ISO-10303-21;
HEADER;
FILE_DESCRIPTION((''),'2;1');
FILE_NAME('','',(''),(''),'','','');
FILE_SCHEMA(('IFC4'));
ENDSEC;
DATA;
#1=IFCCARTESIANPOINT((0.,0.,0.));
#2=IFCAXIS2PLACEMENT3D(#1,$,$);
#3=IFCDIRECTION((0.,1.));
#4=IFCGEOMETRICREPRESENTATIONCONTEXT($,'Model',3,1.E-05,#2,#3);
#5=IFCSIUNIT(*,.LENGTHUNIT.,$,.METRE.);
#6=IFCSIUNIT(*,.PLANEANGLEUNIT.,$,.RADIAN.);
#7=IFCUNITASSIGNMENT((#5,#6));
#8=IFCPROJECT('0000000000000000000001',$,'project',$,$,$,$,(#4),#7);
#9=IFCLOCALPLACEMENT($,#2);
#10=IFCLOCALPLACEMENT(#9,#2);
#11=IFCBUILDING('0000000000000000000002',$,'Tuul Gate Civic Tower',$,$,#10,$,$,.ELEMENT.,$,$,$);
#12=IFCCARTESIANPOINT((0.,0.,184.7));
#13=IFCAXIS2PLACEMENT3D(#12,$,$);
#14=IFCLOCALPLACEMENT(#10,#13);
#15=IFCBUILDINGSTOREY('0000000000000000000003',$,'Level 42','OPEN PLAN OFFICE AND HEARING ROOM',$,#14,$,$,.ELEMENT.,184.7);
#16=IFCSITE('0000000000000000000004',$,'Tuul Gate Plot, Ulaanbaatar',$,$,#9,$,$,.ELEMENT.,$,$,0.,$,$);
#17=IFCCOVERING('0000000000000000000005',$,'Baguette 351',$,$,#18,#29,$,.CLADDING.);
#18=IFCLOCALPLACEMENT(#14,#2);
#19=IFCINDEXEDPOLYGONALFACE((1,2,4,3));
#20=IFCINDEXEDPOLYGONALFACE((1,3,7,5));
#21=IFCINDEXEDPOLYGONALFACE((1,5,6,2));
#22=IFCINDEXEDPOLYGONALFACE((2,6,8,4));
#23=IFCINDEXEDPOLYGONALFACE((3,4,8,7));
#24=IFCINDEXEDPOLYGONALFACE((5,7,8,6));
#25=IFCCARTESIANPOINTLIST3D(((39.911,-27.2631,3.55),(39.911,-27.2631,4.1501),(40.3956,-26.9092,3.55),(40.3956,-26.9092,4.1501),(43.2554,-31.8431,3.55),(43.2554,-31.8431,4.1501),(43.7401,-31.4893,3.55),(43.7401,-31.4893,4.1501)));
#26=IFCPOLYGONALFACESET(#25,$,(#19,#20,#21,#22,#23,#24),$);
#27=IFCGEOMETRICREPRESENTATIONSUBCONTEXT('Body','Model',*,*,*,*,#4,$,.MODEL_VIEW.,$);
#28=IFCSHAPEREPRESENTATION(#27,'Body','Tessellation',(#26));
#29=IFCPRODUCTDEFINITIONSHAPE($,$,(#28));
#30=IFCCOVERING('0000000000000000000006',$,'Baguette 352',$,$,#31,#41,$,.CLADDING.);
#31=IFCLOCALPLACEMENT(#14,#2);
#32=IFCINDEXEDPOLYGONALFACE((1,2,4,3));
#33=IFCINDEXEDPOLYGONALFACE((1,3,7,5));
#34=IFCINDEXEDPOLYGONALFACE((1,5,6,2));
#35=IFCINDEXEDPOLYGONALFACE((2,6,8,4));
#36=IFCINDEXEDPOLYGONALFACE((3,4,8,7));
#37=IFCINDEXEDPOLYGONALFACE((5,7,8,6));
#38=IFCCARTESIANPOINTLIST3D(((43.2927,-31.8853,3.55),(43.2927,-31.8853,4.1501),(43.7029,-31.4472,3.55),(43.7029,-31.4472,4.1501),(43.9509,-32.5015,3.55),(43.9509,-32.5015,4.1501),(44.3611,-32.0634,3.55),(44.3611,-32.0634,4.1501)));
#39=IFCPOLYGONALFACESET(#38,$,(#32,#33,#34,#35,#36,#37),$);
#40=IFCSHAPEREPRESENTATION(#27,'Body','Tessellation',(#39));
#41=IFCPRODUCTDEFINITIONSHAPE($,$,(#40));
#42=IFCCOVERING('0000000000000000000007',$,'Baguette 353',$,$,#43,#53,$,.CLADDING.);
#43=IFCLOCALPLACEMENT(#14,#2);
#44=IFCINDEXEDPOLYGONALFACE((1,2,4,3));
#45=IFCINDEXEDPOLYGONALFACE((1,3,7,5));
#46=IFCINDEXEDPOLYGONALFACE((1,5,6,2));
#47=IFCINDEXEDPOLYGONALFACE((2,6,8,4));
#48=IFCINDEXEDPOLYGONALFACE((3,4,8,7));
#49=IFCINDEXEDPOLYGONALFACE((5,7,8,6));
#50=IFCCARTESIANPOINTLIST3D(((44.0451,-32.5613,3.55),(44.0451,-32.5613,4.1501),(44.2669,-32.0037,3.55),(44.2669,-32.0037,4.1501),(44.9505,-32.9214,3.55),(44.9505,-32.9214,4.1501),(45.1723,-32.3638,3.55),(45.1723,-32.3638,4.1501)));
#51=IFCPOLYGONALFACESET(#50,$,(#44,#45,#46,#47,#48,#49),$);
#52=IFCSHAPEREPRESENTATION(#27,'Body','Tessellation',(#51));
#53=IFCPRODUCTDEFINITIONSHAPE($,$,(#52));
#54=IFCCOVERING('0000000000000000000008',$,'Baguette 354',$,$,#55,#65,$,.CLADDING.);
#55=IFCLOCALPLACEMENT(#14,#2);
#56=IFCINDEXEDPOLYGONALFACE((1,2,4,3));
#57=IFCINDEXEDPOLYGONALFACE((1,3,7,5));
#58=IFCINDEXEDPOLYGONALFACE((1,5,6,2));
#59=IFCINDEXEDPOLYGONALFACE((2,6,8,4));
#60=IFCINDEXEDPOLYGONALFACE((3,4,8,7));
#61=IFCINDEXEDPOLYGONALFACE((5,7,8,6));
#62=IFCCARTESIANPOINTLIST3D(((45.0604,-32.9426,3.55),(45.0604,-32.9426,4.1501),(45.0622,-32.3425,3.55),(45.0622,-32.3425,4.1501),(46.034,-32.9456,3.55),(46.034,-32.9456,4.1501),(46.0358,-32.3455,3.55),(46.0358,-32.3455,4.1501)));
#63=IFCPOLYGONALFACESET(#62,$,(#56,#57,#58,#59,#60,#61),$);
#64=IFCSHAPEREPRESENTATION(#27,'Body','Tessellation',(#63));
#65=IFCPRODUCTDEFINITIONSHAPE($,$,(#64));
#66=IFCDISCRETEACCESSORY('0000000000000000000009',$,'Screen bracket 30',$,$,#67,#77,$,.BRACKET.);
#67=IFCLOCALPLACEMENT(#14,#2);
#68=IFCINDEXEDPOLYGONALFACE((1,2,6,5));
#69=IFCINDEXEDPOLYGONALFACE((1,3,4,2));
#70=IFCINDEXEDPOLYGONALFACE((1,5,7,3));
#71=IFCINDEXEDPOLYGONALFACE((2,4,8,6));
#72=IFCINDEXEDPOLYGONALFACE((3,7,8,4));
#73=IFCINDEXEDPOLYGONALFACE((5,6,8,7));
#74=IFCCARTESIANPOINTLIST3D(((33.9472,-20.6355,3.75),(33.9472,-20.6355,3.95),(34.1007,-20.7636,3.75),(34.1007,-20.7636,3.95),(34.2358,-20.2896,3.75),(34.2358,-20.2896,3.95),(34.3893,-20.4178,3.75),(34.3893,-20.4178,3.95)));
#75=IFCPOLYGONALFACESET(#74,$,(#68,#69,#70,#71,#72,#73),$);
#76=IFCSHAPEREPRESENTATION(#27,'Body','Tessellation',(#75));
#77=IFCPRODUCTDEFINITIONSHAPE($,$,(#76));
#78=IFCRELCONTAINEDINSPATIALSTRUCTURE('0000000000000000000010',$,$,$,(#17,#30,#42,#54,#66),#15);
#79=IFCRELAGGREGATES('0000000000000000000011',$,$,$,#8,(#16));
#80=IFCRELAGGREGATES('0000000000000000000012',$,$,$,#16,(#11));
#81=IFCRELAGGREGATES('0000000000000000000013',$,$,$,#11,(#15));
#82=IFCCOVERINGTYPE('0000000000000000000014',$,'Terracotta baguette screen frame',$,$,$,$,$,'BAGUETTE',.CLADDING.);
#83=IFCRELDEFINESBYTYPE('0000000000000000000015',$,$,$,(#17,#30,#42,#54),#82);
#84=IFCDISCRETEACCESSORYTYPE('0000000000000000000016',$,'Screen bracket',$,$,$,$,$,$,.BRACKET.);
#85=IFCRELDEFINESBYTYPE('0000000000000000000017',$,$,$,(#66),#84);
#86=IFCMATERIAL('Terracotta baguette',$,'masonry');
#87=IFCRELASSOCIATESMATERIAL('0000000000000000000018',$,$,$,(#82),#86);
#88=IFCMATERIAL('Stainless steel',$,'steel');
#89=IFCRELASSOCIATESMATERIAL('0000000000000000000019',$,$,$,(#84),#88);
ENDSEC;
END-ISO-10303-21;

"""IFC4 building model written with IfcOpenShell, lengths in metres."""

from ifc_helpers import new_model, si_unit, direction, frame, origin, origin_2d, place, context, subcontext, project, spatial, rectangle, extrude, material, material_profile, profile_set, type_object, element, save


model = new_model("IFC4")

# Units and contexts
model_context = context("Model", 3, precision=1e-05, world=origin(), true_north=direction((0.0, 1.0)))
body_context = subcontext(model_context, "Body", "Model", "MODEL_VIEW")
ifc_project = project(units=[si_unit("LENGTHUNIT", "METRE"), si_unit("PLANEANGLEUNIT", "RADIAN")], contexts=[model_context])

# Site, building, storey
site_placement = place(None, origin())
site = spatial("IfcSite", under=ifc_project, at=site_placement, Name="Tuul Gate Plot, Ulaanbaatar", CompositionType="ELEMENT", RefElevation=0.0)
building_placement = place(site_placement, origin())
building = spatial("IfcBuilding", under=site, at=building_placement, Name="Tuul Gate Civic Tower", CompositionType="ELEMENT")
storey_placement = place(building_placement, frame((0.0, 0.0, 184.7)))
storey = spatial("IfcBuildingStorey", under=building, at=storey_placement, Name="Level 42", Description="OPEN PLAN OFFICE AND HEARING ROOM", CompositionType="ELEMENT", Elevation=184.7)

# Coverings
ifc_material_1 = material(Name="Terracotta baguette", Category="masonry")
ifc_material_profile_1 = material_profile(ifc_material_1, rectangle(XDim=0.6001, YDim=0.6001, at=origin_2d()), Name="Terracotta baguette screen frame")
ifc_profile_set_1 = profile_set([ifc_material_profile_1], Name="Terracotta baguette")
covering_type = type_object("IfcCoveringType", Name="Terracotta baguette screen frame", ElementType="BAGUETTE", PredefinedType="CLADDING", material=ifc_profile_set_1)
covering_1_placement = place(storey_placement, frame((40.1533, -27.0862, 3.8501), z_axis=(0.589729, -0.807601, 0.0), x_axis=(0.807601, 0.589729, 0.0)))
element("IfcCovering", 1, at=covering_1_placement, inside=storey, type_object=covering_type, Name="Baguette 351", PredefinedType="CLADDING", context=body_context, shape_type="SweptSolid", body=[
    extrude(rectangle(XDim=0.6001, YDim=0.6001, at=origin_2d()), origin(), (0.0, 0.0, 1.0), 5.6711),
])
covering_2_placement = place(storey_placement, frame((43.4978, -31.6663, 3.8501), z_axis=(0.73001, -0.683437, 0.0), x_axis=(0.683437, 0.73001, 0.0)))
element("IfcCovering", 2, at=covering_2_placement, inside=storey, type_object=covering_type, Name="Baguette 352", PredefinedType="CLADDING", context=body_context, shape_type="SweptSolid", body=[
    extrude(rectangle(XDim=0.6001, YDim=0.6001, at=origin_2d()), origin(), (0.0, 0.0, 1.0), 0.9016),
])
covering_3_placement = place(storey_placement, frame((44.156, -32.2825, 3.8501), z_axis=(0.929184, -0.369619, 0.0), x_axis=(0.369619, 0.929184, 0.0)))
element("IfcCovering", 3, at=covering_3_placement, inside=storey, type_object=covering_type, Name="Baguette 353", PredefinedType="CLADDING", context=body_context, shape_type="SweptSolid", body=[
    extrude(rectangle(XDim=0.6001, YDim=0.6001, at=origin_2d()), origin(), (0.0, 0.0, 1.0), 0.9744),
])
covering_4_placement = place(storey_placement, frame((45.0613, -32.6426, 3.8501), z_axis=(0.999995, -0.003009, 0.0), x_axis=(0.003009, 0.999995, 0.0)))
element("IfcCovering", 4, at=covering_4_placement, inside=storey, type_object=covering_type, Name="Baguette 354", PredefinedType="CLADDING", context=body_context, shape_type="SweptSolid", body=[
    extrude(rectangle(XDim=0.6001, YDim=0.6001, at=origin_2d()), origin(), (0.0, 0.0, 1.0), 0.9736),
])

# Discrete accessory
ifc_material_2 = material(Name="Stainless steel", Category="steel")
discrete_accessory_type = type_object("IfcDiscreteAccessoryType", Name="Screen bracket", PredefinedType="BRACKET", material=ifc_material_2)
discrete_accessory_placement = place(storey_placement, frame((34.1682, -20.5266, 3.75), z_axis=(0.0, 0.0, 1.0), x_axis=(-0.640724, -0.767772, 0.0)))
element("IfcDiscreteAccessory", 5, at=discrete_accessory_placement, inside=storey, type_object=discrete_accessory_type, Name="Screen bracket 30", PredefinedType="BRACKET", context=body_context, shape_type="SweptSolid", body=[
    extrude(rectangle(XDim=0.4504, YDim=0.2, at=origin_2d()), origin(), (0.0, 0.0, 1.0), 0.2),
])

save(model, "model.ifc")
